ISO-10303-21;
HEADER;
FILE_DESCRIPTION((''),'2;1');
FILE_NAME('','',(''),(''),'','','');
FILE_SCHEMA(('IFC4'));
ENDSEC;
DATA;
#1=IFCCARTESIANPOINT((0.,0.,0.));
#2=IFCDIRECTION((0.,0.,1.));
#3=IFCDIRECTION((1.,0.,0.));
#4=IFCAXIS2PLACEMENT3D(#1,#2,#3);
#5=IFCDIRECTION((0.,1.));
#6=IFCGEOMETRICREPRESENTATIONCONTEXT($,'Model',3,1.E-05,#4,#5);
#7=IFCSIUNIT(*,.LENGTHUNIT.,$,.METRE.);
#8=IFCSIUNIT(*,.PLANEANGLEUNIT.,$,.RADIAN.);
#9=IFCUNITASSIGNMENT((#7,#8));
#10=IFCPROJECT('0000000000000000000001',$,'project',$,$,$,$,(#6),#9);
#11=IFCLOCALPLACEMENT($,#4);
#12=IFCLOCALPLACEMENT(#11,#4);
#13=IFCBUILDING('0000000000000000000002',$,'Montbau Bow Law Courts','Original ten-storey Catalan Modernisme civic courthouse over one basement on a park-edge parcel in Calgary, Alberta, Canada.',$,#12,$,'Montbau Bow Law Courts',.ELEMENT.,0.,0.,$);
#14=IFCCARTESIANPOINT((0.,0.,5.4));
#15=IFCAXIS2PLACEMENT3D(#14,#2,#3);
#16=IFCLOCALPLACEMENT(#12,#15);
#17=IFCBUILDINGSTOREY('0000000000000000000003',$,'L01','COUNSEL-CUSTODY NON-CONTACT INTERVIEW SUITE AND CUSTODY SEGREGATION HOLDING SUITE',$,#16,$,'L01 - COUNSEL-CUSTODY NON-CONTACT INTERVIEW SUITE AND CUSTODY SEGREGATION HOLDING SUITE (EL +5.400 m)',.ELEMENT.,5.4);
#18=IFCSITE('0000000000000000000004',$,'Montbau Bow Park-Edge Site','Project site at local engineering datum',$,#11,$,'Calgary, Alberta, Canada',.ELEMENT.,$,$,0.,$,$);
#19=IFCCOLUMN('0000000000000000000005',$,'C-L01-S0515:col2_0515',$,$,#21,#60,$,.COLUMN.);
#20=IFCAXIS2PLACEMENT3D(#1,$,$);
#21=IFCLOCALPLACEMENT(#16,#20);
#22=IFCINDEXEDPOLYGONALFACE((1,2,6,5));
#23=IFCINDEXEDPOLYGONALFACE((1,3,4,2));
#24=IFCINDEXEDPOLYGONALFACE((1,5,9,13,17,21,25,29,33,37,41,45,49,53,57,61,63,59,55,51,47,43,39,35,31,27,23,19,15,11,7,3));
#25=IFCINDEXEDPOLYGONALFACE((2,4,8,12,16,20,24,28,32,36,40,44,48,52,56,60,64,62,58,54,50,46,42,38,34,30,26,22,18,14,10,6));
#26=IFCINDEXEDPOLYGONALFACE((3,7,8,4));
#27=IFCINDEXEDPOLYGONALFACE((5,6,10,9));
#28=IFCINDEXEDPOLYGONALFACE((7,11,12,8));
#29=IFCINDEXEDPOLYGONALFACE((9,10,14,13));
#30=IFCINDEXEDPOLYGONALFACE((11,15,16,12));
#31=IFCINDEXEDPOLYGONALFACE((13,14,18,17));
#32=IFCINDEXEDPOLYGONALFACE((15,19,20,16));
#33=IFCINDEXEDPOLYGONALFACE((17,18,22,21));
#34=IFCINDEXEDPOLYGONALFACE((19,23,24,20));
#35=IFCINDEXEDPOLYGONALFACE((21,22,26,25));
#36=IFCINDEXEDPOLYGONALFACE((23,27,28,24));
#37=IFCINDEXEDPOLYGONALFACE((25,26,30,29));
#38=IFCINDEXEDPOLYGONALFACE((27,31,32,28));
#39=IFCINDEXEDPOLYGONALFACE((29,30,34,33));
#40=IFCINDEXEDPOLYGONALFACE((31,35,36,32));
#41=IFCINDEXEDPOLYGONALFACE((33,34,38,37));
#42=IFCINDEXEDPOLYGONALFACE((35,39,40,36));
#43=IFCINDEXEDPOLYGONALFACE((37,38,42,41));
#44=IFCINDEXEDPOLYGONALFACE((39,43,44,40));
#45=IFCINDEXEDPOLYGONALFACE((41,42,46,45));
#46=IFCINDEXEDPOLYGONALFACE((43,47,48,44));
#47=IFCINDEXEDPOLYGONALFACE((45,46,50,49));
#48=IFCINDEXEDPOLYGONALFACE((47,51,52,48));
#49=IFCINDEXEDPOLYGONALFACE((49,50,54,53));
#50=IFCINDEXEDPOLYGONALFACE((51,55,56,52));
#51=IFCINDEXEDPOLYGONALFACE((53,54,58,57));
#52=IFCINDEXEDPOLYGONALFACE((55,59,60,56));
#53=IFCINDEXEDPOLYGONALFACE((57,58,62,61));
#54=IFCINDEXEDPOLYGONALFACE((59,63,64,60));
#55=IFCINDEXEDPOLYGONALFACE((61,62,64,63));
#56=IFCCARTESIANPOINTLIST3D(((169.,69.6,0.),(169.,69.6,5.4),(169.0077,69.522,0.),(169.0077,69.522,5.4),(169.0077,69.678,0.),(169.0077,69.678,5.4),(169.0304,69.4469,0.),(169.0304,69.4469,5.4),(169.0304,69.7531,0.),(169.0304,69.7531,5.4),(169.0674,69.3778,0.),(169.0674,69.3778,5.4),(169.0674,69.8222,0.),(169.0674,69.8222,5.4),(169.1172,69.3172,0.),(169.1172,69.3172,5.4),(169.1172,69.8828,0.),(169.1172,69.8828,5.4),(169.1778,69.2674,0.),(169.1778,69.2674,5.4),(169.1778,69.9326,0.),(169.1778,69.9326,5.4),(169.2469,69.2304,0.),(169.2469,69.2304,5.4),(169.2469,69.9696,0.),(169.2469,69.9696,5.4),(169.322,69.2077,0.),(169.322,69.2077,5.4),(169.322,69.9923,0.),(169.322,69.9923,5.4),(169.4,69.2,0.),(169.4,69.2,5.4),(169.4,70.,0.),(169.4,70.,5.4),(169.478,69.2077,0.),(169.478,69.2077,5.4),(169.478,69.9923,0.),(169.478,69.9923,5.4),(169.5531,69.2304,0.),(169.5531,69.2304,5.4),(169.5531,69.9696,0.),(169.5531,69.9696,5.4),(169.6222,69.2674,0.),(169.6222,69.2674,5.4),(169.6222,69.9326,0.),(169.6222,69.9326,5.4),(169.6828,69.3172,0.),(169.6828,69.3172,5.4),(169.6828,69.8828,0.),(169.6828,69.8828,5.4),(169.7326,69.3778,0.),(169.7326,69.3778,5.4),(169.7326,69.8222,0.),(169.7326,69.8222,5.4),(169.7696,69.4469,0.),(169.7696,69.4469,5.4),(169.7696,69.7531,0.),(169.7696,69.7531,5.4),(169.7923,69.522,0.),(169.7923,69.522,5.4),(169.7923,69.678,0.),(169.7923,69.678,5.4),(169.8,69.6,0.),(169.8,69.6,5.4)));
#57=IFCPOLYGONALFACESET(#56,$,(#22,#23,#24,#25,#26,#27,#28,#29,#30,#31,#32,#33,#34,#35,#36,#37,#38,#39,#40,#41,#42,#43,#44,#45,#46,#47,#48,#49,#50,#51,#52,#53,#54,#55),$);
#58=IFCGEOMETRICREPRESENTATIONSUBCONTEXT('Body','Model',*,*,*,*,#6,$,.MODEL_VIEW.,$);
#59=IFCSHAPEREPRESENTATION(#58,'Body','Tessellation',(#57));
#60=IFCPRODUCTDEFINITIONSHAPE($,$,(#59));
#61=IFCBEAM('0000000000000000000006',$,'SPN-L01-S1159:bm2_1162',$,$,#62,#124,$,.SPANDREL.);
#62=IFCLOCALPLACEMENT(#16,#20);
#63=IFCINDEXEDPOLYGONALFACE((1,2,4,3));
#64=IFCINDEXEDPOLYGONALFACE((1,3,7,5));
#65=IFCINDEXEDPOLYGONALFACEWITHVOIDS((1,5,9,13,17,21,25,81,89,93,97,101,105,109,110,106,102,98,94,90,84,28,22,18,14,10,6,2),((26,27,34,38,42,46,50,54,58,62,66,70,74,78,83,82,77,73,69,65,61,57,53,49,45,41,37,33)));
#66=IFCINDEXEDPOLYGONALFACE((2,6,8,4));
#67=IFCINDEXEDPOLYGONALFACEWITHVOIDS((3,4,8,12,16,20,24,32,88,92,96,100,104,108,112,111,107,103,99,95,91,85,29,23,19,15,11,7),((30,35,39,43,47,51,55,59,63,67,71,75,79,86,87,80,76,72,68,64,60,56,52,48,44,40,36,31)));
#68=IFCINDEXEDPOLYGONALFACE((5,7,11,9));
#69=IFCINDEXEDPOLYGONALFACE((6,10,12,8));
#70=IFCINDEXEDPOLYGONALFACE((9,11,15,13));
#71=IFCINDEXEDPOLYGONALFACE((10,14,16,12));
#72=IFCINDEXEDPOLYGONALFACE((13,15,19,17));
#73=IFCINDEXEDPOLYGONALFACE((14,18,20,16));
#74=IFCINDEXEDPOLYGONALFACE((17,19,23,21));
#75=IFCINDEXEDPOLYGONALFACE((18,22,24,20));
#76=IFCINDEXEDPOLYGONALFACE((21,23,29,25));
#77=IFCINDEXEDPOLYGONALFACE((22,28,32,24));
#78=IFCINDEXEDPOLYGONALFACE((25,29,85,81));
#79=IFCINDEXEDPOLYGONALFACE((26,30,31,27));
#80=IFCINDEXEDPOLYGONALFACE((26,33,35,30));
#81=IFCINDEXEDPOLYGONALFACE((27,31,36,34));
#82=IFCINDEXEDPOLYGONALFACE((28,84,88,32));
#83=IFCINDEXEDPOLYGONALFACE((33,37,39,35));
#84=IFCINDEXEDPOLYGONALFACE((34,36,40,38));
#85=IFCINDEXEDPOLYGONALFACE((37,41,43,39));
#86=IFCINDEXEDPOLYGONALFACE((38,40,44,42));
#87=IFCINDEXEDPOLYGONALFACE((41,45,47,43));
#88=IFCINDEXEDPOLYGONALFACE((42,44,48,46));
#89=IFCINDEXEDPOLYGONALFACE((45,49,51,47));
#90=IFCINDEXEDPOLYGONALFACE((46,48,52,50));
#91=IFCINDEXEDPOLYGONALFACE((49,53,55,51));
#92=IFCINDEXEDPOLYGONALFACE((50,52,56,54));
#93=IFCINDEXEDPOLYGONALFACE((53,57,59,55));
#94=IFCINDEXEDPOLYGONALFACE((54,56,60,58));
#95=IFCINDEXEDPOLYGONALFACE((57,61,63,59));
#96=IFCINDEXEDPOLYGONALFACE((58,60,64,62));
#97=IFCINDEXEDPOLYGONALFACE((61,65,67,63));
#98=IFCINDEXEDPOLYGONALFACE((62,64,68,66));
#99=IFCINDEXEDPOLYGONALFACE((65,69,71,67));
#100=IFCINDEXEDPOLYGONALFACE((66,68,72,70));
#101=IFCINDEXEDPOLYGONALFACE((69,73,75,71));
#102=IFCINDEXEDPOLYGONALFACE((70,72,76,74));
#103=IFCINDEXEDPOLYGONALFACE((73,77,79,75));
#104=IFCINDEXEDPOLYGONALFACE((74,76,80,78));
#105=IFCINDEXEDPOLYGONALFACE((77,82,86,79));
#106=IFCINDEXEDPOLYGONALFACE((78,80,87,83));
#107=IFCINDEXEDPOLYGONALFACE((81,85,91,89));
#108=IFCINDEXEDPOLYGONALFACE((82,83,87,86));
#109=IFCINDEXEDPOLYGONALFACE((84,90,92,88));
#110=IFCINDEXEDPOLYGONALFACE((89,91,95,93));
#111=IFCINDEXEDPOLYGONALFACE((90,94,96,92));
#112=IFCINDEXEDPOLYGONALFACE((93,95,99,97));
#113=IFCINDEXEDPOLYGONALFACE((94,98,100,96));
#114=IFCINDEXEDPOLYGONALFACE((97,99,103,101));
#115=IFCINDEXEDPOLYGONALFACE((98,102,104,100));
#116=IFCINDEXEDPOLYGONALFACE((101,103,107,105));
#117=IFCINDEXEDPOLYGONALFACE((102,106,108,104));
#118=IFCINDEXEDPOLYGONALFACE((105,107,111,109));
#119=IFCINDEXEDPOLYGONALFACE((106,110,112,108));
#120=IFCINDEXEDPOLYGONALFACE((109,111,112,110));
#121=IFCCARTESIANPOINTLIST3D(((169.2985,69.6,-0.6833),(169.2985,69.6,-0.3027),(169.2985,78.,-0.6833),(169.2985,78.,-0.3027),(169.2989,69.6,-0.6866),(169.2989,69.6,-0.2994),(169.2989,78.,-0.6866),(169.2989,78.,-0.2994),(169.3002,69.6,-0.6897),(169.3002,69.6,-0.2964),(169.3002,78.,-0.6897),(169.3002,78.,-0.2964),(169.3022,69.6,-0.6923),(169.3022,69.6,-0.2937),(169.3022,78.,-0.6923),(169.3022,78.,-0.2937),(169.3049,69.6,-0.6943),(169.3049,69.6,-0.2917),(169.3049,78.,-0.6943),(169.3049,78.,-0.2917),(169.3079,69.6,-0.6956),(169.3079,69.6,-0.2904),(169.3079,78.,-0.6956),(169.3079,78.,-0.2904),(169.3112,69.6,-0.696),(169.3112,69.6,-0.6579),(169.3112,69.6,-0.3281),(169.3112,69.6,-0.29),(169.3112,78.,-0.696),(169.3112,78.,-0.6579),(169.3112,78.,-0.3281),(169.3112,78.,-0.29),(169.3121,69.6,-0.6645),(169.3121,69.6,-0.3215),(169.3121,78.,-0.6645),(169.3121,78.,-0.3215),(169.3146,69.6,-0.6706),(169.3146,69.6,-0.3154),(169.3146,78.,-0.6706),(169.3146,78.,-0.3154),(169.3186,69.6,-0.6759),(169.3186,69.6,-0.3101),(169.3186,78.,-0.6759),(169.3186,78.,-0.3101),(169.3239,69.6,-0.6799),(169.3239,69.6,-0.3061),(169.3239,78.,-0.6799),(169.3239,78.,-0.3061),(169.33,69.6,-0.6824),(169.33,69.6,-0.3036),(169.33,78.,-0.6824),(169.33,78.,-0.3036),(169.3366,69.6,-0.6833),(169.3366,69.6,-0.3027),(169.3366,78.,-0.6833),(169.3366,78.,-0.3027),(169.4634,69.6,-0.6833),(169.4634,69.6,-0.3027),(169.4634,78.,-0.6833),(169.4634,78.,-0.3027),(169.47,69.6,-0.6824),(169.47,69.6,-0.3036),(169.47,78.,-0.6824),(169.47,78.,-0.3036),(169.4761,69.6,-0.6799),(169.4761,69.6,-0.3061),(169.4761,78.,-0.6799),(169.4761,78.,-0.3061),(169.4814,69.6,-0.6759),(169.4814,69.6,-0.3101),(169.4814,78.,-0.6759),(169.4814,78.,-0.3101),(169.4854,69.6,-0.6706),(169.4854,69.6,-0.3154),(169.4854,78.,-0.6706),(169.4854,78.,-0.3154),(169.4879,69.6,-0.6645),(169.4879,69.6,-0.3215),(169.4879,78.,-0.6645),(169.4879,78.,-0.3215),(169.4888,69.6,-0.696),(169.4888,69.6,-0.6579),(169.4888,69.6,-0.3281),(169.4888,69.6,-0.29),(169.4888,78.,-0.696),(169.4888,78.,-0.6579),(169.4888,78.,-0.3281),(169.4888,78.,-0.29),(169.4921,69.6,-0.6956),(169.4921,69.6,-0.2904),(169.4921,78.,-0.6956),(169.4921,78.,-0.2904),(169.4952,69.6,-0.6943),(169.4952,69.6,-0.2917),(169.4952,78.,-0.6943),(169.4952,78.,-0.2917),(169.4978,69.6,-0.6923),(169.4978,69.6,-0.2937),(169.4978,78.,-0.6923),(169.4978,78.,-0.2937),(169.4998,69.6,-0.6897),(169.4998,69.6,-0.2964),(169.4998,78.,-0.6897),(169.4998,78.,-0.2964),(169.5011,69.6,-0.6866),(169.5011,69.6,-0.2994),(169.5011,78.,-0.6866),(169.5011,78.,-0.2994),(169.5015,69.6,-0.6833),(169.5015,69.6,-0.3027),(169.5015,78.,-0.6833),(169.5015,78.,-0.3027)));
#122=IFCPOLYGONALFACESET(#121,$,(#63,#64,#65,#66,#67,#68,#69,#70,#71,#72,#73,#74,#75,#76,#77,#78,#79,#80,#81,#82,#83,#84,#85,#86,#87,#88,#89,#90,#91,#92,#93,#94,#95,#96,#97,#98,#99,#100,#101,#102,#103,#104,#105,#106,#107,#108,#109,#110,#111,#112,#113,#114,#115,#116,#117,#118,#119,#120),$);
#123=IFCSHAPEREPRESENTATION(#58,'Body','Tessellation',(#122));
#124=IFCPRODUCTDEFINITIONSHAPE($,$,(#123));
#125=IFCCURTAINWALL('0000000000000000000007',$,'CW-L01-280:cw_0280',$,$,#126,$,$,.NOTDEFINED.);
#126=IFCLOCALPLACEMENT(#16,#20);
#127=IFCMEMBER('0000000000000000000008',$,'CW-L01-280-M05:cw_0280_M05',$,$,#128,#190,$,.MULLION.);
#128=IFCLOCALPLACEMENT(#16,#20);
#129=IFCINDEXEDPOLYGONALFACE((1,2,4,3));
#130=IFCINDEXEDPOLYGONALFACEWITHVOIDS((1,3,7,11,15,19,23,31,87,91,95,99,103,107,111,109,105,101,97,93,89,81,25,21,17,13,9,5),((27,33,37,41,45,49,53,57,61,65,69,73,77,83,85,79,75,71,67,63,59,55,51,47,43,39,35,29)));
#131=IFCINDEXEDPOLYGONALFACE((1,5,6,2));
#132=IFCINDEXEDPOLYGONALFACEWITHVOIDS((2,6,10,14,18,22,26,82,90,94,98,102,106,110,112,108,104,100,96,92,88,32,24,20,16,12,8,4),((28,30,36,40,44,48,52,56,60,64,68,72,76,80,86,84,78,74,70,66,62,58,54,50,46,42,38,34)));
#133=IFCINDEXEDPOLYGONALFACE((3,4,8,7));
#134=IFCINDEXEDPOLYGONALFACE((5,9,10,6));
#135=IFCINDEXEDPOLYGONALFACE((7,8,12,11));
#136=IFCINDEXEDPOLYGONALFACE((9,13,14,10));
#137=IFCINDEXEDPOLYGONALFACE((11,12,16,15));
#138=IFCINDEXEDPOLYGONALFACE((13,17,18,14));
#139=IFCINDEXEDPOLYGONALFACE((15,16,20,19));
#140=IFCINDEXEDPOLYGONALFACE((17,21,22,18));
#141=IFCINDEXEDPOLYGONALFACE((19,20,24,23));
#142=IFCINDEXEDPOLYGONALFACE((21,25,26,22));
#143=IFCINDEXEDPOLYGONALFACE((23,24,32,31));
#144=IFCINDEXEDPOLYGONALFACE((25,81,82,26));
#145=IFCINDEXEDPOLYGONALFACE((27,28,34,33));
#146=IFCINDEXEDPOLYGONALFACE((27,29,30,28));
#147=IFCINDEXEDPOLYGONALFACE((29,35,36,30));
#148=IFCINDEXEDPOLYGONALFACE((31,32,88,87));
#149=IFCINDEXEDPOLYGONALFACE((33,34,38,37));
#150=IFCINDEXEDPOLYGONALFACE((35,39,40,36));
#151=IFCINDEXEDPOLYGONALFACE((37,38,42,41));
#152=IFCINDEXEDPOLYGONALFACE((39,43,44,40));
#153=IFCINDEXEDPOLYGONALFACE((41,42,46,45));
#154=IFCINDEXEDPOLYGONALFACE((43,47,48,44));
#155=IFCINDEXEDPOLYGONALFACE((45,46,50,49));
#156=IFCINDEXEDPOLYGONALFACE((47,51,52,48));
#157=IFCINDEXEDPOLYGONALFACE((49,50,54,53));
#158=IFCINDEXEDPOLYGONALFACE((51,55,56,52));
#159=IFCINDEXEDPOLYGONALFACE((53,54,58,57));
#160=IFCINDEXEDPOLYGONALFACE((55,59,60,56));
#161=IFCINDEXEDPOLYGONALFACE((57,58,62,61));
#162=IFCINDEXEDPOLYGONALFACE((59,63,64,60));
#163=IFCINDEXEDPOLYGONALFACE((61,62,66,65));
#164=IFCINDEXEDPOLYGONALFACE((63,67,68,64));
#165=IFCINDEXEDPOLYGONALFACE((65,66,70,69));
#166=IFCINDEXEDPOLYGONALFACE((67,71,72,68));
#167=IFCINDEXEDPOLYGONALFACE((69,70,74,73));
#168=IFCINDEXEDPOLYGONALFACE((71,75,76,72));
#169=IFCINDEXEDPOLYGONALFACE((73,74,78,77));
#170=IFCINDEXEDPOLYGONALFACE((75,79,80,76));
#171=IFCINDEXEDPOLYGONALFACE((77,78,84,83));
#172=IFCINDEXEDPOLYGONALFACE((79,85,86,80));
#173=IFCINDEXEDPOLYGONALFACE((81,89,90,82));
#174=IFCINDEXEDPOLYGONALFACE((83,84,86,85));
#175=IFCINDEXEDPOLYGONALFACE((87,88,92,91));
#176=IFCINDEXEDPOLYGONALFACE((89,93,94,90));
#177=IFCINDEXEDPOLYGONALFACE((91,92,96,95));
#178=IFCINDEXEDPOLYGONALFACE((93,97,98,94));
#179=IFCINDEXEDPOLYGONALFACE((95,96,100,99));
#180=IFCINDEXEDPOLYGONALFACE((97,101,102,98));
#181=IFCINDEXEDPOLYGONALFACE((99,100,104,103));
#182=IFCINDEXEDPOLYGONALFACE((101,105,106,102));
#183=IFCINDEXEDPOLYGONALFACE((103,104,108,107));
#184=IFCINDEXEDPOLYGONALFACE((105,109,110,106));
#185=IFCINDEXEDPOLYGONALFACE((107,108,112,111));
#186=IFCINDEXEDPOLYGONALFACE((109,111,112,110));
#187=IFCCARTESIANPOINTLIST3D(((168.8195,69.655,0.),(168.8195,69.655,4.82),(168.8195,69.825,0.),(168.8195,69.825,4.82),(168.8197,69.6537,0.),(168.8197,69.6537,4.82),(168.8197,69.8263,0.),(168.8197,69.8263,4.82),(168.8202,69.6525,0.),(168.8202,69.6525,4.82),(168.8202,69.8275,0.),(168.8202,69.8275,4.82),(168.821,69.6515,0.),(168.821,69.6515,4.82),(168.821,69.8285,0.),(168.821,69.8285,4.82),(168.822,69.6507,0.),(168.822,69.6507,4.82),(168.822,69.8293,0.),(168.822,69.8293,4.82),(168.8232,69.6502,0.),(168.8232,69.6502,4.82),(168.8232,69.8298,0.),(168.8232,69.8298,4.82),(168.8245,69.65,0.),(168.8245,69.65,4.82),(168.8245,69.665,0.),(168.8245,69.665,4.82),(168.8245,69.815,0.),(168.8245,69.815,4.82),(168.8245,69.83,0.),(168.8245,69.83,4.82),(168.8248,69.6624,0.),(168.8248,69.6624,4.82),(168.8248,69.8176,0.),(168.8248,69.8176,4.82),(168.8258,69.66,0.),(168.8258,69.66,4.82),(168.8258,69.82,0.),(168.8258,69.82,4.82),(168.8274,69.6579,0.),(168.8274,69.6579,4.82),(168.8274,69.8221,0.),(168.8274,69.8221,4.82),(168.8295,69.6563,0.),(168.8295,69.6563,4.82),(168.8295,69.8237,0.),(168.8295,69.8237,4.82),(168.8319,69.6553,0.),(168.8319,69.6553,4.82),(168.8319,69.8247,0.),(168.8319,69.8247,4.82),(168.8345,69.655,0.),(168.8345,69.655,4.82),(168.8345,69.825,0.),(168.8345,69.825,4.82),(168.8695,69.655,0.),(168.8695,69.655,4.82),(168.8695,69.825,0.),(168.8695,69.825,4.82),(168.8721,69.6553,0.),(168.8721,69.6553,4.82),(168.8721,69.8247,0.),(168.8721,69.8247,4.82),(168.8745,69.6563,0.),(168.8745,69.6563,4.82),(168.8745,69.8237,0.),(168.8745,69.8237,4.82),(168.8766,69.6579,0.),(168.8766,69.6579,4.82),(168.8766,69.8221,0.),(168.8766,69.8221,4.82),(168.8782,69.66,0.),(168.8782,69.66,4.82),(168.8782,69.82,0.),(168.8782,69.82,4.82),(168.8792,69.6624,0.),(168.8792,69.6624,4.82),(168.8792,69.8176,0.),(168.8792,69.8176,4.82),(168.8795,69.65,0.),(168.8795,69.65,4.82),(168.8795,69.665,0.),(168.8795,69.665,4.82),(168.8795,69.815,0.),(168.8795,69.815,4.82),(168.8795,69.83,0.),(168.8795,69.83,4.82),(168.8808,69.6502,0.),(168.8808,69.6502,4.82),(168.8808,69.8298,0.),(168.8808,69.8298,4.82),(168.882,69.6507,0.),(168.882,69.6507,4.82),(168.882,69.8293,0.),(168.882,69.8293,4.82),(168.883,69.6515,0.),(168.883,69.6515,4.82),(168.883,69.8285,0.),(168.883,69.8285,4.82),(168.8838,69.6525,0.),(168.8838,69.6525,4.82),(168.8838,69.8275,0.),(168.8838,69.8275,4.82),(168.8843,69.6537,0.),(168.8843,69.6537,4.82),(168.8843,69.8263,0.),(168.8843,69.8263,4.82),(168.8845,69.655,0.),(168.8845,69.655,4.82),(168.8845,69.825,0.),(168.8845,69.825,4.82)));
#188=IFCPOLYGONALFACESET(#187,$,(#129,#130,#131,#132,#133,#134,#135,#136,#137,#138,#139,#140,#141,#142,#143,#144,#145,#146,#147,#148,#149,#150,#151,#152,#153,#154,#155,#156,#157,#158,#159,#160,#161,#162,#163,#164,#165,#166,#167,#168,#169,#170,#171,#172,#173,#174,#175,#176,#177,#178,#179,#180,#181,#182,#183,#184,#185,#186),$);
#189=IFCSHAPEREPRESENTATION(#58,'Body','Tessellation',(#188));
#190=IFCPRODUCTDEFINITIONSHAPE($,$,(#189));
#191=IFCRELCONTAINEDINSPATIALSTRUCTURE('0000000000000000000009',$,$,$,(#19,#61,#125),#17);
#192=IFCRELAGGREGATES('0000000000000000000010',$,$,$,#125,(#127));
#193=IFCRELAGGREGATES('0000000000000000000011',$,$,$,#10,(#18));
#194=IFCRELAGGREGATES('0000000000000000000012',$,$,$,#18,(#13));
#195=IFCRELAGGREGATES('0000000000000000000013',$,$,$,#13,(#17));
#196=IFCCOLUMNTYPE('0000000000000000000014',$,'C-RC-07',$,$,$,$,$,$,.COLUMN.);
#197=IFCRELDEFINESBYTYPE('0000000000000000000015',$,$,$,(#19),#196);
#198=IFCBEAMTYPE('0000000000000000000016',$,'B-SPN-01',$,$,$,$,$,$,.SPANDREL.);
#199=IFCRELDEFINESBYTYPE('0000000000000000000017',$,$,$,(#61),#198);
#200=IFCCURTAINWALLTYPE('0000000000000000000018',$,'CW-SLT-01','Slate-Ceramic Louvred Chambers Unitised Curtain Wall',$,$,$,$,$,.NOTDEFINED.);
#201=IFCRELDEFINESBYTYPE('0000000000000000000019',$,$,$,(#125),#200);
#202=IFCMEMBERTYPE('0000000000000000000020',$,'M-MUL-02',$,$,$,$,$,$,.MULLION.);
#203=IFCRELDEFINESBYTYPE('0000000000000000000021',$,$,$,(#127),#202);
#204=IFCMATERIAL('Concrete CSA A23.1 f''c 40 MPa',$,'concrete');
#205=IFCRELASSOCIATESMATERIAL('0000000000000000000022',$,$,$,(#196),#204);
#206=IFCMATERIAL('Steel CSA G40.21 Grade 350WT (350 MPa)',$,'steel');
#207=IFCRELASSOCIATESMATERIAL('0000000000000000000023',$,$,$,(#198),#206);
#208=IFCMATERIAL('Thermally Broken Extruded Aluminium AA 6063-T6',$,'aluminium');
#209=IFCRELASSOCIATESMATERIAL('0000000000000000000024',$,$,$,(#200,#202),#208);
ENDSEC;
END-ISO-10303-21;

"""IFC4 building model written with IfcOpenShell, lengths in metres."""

from ifc_helpers import new_model, si_unit, direction, frame, origin_with_axes, origin_2d_with_axis, place, context, subcontext, project, spatial, hollow_rectangle, circle, extrude, material, material_profile, profile_set, type_object, element, aggregate, save


model = new_model("IFC4")

# Units and contexts
model_context = context("Model", 3, precision=1e-05, world=origin_with_axes(), true_north=direction((0.0, 1.0)))
body_context = subcontext(model_context, "Body", "Model", "MODEL_VIEW")
ifc_project = project(units=[si_unit("LENGTHUNIT", "METRE"), si_unit("PLANEANGLEUNIT", "RADIAN")], contexts=[model_context])

# Site, building, storey
site_placement = place(None, origin_with_axes())
site = spatial("IfcSite", under=ifc_project, at=site_placement, Name="Montbau Bow Park-Edge Site", Description="Project site at local engineering datum", LongName="Calgary, Alberta, Canada", CompositionType="ELEMENT", RefElevation=0.0)
building_placement = place(site_placement, origin_with_axes())
building = spatial("IfcBuilding", under=site, at=building_placement, Name="Montbau Bow Law Courts", Description="Original ten-storey Catalan Modernisme civic courthouse over one basement on a park-edge parcel in Calgary, Alberta, Canada.", LongName="Montbau Bow Law Courts", CompositionType="ELEMENT", ElevationOfRefHeight=0.0, ElevationOfTerrain=0.0)
storey_placement = place(building_placement, frame((0.0, 0.0, 5.4), z_axis=(0.0, 0.0, 1.0), x_axis=(1.0, 0.0, 0.0)))
storey = spatial("IfcBuildingStorey", under=building, at=storey_placement, Name="L01", Description="COUNSEL-CUSTODY NON-CONTACT INTERVIEW SUITE AND CUSTODY SEGREGATION HOLDING SUITE", LongName="L01 - COUNSEL-CUSTODY NON-CONTACT INTERVIEW SUITE AND CUSTODY SEGREGATION HOLDING SUITE (EL +5.400 m)", CompositionType="ELEMENT", Elevation=5.4)

# Column
ifc_material_1 = material(Name="Concrete CSA A23.1 f'c 40 MPa", Category="concrete")
ifc_material_profile_1 = material_profile(ifc_material_1, circle(Radius=0.4, at=origin_2d_with_axis()), Name="RC800D", Category="Main", Priority=0)
ifc_profile_set_1 = profile_set([ifc_material_profile_1], Name="Concrete CSA A23.1 f'c 40 MPa")
column_type = type_object("IfcColumnType", Name="C-RC-07", PredefinedType="COLUMN", material=ifc_profile_set_1)
column_placement = place(None, frame((169.4, 69.6, 5.4), z_axis=(0.0, 0.0, 1.0), x_axis=(1.0, 0.0, 0.0)))
element("IfcColumn", 1, at=column_placement, inside=storey, type_object=column_type, Name="C-L01-S0515:col2_0515", PredefinedType="COLUMN", context=body_context, shape_type="SweptSolid", body=[
    extrude(circle(Radius=0.4, at=origin_2d_with_axis()), origin_with_axes(), (0.0, 0.0, 1.0), 5.4),
])

# Beam
ifc_material_2 = material(Name="Steel CSA G40.21 Grade 350WT (350 MPa)", Category="steel")
ifc_material_profile_2 = material_profile(ifc_material_2, hollow_rectangle(XDim=0.203, YDim=0.406, WallThickness=0.0127, InnerFilletRadius=0.0254, OuterFilletRadius=0.0127, at=origin_2d_with_axis()), Name="HSS406X203X13", Category="Main", Priority=0)
ifc_profile_set_2 = profile_set([ifc_material_profile_2], Name="Steel CSA G40.21 Grade 350WT (350 MPa)")
beam_type = type_object("IfcBeamType", Name="B-SPN-01", PredefinedType="SPANDREL", material=ifc_profile_set_2)
beam_placement = place(None, frame((169.4, 69.6, 4.907), z_axis=(0.0, 1.0, 0.0), x_axis=(-1.0, 0.0, 0.0)))
element("IfcBeam", 2, at=beam_placement, inside=storey, type_object=beam_type, Name="SPN-L01-S1159:bm2_1162", PredefinedType="SPANDREL", context=body_context, shape_type="SweptSolid", body=[
    extrude(hollow_rectangle(XDim=0.203, YDim=0.406, WallThickness=0.0127, InnerFilletRadius=0.0254, OuterFilletRadius=0.0127, at=origin_2d_with_axis()), origin_with_axes(), (0.0, 0.0, 1.0), 8.4),
])

# Curtain wall, member
ifc_material_3 = material(Name="Thermally Broken Extruded Aluminium AA 6063-T6", Category="aluminium")
curtain_wall_type = type_object("IfcCurtainWallType", Name="CW-SLT-01", Description="Slate-Ceramic Louvred Chambers Unitised Curtain Wall", PredefinedType="NOTDEFINED", material=ifc_material_3)
curtain_wall_1_placement = place(None, frame((163.115, 69.74, 5.4), z_axis=(0.0, 0.0, 1.0), x_axis=(1.0, 0.0, 0.0)))
curtain_wall_1 = element("IfcCurtainWall", 3, at=curtain_wall_1_placement, inside=storey, type_object=curtain_wall_type, Name="CW-L01-280:cw_0280", PredefinedType="NOTDEFINED")
ifc_material_profile_3 = material_profile(ifc_material_3, hollow_rectangle(XDim=0.065, YDim=0.18, WallThickness=0.005, InnerFilletRadius=0.01, OuterFilletRadius=0.005, at=origin_2d_with_axis()), Name="CWM-180X65", Category="Main", Priority=0)
ifc_profile_set_3 = profile_set([ifc_material_profile_3], Name="Thermally Broken Extruded Aluminium AA 6063-T6")
member_type_1 = type_object("IfcMemberType", Name="M-MUL-02", PredefinedType="MULLION", material=ifc_profile_set_3)
member_1_placement = place(None, frame((168.852, 69.74, 5.4), z_axis=(0.0, 0.0, 1.0), x_axis=(1.0, 0.0, 0.0)))
member_1 = element("IfcMember", 4, at=member_1_placement, type_object=member_type_1, Name="CW-L01-280-M05:cw_0280_M05", PredefinedType="MULLION", context=body_context, shape_type="SweptSolid", body=[
    extrude(hollow_rectangle(XDim=0.065, YDim=0.18, WallThickness=0.005, InnerFilletRadius=0.01, OuterFilletRadius=0.005, at=origin_2d_with_axis()), origin_with_axes(), (0.0, 0.0, 1.0), 4.82),
])
aggregate(curtain_wall_1, [member_1])

save(model, "model.ifc")
